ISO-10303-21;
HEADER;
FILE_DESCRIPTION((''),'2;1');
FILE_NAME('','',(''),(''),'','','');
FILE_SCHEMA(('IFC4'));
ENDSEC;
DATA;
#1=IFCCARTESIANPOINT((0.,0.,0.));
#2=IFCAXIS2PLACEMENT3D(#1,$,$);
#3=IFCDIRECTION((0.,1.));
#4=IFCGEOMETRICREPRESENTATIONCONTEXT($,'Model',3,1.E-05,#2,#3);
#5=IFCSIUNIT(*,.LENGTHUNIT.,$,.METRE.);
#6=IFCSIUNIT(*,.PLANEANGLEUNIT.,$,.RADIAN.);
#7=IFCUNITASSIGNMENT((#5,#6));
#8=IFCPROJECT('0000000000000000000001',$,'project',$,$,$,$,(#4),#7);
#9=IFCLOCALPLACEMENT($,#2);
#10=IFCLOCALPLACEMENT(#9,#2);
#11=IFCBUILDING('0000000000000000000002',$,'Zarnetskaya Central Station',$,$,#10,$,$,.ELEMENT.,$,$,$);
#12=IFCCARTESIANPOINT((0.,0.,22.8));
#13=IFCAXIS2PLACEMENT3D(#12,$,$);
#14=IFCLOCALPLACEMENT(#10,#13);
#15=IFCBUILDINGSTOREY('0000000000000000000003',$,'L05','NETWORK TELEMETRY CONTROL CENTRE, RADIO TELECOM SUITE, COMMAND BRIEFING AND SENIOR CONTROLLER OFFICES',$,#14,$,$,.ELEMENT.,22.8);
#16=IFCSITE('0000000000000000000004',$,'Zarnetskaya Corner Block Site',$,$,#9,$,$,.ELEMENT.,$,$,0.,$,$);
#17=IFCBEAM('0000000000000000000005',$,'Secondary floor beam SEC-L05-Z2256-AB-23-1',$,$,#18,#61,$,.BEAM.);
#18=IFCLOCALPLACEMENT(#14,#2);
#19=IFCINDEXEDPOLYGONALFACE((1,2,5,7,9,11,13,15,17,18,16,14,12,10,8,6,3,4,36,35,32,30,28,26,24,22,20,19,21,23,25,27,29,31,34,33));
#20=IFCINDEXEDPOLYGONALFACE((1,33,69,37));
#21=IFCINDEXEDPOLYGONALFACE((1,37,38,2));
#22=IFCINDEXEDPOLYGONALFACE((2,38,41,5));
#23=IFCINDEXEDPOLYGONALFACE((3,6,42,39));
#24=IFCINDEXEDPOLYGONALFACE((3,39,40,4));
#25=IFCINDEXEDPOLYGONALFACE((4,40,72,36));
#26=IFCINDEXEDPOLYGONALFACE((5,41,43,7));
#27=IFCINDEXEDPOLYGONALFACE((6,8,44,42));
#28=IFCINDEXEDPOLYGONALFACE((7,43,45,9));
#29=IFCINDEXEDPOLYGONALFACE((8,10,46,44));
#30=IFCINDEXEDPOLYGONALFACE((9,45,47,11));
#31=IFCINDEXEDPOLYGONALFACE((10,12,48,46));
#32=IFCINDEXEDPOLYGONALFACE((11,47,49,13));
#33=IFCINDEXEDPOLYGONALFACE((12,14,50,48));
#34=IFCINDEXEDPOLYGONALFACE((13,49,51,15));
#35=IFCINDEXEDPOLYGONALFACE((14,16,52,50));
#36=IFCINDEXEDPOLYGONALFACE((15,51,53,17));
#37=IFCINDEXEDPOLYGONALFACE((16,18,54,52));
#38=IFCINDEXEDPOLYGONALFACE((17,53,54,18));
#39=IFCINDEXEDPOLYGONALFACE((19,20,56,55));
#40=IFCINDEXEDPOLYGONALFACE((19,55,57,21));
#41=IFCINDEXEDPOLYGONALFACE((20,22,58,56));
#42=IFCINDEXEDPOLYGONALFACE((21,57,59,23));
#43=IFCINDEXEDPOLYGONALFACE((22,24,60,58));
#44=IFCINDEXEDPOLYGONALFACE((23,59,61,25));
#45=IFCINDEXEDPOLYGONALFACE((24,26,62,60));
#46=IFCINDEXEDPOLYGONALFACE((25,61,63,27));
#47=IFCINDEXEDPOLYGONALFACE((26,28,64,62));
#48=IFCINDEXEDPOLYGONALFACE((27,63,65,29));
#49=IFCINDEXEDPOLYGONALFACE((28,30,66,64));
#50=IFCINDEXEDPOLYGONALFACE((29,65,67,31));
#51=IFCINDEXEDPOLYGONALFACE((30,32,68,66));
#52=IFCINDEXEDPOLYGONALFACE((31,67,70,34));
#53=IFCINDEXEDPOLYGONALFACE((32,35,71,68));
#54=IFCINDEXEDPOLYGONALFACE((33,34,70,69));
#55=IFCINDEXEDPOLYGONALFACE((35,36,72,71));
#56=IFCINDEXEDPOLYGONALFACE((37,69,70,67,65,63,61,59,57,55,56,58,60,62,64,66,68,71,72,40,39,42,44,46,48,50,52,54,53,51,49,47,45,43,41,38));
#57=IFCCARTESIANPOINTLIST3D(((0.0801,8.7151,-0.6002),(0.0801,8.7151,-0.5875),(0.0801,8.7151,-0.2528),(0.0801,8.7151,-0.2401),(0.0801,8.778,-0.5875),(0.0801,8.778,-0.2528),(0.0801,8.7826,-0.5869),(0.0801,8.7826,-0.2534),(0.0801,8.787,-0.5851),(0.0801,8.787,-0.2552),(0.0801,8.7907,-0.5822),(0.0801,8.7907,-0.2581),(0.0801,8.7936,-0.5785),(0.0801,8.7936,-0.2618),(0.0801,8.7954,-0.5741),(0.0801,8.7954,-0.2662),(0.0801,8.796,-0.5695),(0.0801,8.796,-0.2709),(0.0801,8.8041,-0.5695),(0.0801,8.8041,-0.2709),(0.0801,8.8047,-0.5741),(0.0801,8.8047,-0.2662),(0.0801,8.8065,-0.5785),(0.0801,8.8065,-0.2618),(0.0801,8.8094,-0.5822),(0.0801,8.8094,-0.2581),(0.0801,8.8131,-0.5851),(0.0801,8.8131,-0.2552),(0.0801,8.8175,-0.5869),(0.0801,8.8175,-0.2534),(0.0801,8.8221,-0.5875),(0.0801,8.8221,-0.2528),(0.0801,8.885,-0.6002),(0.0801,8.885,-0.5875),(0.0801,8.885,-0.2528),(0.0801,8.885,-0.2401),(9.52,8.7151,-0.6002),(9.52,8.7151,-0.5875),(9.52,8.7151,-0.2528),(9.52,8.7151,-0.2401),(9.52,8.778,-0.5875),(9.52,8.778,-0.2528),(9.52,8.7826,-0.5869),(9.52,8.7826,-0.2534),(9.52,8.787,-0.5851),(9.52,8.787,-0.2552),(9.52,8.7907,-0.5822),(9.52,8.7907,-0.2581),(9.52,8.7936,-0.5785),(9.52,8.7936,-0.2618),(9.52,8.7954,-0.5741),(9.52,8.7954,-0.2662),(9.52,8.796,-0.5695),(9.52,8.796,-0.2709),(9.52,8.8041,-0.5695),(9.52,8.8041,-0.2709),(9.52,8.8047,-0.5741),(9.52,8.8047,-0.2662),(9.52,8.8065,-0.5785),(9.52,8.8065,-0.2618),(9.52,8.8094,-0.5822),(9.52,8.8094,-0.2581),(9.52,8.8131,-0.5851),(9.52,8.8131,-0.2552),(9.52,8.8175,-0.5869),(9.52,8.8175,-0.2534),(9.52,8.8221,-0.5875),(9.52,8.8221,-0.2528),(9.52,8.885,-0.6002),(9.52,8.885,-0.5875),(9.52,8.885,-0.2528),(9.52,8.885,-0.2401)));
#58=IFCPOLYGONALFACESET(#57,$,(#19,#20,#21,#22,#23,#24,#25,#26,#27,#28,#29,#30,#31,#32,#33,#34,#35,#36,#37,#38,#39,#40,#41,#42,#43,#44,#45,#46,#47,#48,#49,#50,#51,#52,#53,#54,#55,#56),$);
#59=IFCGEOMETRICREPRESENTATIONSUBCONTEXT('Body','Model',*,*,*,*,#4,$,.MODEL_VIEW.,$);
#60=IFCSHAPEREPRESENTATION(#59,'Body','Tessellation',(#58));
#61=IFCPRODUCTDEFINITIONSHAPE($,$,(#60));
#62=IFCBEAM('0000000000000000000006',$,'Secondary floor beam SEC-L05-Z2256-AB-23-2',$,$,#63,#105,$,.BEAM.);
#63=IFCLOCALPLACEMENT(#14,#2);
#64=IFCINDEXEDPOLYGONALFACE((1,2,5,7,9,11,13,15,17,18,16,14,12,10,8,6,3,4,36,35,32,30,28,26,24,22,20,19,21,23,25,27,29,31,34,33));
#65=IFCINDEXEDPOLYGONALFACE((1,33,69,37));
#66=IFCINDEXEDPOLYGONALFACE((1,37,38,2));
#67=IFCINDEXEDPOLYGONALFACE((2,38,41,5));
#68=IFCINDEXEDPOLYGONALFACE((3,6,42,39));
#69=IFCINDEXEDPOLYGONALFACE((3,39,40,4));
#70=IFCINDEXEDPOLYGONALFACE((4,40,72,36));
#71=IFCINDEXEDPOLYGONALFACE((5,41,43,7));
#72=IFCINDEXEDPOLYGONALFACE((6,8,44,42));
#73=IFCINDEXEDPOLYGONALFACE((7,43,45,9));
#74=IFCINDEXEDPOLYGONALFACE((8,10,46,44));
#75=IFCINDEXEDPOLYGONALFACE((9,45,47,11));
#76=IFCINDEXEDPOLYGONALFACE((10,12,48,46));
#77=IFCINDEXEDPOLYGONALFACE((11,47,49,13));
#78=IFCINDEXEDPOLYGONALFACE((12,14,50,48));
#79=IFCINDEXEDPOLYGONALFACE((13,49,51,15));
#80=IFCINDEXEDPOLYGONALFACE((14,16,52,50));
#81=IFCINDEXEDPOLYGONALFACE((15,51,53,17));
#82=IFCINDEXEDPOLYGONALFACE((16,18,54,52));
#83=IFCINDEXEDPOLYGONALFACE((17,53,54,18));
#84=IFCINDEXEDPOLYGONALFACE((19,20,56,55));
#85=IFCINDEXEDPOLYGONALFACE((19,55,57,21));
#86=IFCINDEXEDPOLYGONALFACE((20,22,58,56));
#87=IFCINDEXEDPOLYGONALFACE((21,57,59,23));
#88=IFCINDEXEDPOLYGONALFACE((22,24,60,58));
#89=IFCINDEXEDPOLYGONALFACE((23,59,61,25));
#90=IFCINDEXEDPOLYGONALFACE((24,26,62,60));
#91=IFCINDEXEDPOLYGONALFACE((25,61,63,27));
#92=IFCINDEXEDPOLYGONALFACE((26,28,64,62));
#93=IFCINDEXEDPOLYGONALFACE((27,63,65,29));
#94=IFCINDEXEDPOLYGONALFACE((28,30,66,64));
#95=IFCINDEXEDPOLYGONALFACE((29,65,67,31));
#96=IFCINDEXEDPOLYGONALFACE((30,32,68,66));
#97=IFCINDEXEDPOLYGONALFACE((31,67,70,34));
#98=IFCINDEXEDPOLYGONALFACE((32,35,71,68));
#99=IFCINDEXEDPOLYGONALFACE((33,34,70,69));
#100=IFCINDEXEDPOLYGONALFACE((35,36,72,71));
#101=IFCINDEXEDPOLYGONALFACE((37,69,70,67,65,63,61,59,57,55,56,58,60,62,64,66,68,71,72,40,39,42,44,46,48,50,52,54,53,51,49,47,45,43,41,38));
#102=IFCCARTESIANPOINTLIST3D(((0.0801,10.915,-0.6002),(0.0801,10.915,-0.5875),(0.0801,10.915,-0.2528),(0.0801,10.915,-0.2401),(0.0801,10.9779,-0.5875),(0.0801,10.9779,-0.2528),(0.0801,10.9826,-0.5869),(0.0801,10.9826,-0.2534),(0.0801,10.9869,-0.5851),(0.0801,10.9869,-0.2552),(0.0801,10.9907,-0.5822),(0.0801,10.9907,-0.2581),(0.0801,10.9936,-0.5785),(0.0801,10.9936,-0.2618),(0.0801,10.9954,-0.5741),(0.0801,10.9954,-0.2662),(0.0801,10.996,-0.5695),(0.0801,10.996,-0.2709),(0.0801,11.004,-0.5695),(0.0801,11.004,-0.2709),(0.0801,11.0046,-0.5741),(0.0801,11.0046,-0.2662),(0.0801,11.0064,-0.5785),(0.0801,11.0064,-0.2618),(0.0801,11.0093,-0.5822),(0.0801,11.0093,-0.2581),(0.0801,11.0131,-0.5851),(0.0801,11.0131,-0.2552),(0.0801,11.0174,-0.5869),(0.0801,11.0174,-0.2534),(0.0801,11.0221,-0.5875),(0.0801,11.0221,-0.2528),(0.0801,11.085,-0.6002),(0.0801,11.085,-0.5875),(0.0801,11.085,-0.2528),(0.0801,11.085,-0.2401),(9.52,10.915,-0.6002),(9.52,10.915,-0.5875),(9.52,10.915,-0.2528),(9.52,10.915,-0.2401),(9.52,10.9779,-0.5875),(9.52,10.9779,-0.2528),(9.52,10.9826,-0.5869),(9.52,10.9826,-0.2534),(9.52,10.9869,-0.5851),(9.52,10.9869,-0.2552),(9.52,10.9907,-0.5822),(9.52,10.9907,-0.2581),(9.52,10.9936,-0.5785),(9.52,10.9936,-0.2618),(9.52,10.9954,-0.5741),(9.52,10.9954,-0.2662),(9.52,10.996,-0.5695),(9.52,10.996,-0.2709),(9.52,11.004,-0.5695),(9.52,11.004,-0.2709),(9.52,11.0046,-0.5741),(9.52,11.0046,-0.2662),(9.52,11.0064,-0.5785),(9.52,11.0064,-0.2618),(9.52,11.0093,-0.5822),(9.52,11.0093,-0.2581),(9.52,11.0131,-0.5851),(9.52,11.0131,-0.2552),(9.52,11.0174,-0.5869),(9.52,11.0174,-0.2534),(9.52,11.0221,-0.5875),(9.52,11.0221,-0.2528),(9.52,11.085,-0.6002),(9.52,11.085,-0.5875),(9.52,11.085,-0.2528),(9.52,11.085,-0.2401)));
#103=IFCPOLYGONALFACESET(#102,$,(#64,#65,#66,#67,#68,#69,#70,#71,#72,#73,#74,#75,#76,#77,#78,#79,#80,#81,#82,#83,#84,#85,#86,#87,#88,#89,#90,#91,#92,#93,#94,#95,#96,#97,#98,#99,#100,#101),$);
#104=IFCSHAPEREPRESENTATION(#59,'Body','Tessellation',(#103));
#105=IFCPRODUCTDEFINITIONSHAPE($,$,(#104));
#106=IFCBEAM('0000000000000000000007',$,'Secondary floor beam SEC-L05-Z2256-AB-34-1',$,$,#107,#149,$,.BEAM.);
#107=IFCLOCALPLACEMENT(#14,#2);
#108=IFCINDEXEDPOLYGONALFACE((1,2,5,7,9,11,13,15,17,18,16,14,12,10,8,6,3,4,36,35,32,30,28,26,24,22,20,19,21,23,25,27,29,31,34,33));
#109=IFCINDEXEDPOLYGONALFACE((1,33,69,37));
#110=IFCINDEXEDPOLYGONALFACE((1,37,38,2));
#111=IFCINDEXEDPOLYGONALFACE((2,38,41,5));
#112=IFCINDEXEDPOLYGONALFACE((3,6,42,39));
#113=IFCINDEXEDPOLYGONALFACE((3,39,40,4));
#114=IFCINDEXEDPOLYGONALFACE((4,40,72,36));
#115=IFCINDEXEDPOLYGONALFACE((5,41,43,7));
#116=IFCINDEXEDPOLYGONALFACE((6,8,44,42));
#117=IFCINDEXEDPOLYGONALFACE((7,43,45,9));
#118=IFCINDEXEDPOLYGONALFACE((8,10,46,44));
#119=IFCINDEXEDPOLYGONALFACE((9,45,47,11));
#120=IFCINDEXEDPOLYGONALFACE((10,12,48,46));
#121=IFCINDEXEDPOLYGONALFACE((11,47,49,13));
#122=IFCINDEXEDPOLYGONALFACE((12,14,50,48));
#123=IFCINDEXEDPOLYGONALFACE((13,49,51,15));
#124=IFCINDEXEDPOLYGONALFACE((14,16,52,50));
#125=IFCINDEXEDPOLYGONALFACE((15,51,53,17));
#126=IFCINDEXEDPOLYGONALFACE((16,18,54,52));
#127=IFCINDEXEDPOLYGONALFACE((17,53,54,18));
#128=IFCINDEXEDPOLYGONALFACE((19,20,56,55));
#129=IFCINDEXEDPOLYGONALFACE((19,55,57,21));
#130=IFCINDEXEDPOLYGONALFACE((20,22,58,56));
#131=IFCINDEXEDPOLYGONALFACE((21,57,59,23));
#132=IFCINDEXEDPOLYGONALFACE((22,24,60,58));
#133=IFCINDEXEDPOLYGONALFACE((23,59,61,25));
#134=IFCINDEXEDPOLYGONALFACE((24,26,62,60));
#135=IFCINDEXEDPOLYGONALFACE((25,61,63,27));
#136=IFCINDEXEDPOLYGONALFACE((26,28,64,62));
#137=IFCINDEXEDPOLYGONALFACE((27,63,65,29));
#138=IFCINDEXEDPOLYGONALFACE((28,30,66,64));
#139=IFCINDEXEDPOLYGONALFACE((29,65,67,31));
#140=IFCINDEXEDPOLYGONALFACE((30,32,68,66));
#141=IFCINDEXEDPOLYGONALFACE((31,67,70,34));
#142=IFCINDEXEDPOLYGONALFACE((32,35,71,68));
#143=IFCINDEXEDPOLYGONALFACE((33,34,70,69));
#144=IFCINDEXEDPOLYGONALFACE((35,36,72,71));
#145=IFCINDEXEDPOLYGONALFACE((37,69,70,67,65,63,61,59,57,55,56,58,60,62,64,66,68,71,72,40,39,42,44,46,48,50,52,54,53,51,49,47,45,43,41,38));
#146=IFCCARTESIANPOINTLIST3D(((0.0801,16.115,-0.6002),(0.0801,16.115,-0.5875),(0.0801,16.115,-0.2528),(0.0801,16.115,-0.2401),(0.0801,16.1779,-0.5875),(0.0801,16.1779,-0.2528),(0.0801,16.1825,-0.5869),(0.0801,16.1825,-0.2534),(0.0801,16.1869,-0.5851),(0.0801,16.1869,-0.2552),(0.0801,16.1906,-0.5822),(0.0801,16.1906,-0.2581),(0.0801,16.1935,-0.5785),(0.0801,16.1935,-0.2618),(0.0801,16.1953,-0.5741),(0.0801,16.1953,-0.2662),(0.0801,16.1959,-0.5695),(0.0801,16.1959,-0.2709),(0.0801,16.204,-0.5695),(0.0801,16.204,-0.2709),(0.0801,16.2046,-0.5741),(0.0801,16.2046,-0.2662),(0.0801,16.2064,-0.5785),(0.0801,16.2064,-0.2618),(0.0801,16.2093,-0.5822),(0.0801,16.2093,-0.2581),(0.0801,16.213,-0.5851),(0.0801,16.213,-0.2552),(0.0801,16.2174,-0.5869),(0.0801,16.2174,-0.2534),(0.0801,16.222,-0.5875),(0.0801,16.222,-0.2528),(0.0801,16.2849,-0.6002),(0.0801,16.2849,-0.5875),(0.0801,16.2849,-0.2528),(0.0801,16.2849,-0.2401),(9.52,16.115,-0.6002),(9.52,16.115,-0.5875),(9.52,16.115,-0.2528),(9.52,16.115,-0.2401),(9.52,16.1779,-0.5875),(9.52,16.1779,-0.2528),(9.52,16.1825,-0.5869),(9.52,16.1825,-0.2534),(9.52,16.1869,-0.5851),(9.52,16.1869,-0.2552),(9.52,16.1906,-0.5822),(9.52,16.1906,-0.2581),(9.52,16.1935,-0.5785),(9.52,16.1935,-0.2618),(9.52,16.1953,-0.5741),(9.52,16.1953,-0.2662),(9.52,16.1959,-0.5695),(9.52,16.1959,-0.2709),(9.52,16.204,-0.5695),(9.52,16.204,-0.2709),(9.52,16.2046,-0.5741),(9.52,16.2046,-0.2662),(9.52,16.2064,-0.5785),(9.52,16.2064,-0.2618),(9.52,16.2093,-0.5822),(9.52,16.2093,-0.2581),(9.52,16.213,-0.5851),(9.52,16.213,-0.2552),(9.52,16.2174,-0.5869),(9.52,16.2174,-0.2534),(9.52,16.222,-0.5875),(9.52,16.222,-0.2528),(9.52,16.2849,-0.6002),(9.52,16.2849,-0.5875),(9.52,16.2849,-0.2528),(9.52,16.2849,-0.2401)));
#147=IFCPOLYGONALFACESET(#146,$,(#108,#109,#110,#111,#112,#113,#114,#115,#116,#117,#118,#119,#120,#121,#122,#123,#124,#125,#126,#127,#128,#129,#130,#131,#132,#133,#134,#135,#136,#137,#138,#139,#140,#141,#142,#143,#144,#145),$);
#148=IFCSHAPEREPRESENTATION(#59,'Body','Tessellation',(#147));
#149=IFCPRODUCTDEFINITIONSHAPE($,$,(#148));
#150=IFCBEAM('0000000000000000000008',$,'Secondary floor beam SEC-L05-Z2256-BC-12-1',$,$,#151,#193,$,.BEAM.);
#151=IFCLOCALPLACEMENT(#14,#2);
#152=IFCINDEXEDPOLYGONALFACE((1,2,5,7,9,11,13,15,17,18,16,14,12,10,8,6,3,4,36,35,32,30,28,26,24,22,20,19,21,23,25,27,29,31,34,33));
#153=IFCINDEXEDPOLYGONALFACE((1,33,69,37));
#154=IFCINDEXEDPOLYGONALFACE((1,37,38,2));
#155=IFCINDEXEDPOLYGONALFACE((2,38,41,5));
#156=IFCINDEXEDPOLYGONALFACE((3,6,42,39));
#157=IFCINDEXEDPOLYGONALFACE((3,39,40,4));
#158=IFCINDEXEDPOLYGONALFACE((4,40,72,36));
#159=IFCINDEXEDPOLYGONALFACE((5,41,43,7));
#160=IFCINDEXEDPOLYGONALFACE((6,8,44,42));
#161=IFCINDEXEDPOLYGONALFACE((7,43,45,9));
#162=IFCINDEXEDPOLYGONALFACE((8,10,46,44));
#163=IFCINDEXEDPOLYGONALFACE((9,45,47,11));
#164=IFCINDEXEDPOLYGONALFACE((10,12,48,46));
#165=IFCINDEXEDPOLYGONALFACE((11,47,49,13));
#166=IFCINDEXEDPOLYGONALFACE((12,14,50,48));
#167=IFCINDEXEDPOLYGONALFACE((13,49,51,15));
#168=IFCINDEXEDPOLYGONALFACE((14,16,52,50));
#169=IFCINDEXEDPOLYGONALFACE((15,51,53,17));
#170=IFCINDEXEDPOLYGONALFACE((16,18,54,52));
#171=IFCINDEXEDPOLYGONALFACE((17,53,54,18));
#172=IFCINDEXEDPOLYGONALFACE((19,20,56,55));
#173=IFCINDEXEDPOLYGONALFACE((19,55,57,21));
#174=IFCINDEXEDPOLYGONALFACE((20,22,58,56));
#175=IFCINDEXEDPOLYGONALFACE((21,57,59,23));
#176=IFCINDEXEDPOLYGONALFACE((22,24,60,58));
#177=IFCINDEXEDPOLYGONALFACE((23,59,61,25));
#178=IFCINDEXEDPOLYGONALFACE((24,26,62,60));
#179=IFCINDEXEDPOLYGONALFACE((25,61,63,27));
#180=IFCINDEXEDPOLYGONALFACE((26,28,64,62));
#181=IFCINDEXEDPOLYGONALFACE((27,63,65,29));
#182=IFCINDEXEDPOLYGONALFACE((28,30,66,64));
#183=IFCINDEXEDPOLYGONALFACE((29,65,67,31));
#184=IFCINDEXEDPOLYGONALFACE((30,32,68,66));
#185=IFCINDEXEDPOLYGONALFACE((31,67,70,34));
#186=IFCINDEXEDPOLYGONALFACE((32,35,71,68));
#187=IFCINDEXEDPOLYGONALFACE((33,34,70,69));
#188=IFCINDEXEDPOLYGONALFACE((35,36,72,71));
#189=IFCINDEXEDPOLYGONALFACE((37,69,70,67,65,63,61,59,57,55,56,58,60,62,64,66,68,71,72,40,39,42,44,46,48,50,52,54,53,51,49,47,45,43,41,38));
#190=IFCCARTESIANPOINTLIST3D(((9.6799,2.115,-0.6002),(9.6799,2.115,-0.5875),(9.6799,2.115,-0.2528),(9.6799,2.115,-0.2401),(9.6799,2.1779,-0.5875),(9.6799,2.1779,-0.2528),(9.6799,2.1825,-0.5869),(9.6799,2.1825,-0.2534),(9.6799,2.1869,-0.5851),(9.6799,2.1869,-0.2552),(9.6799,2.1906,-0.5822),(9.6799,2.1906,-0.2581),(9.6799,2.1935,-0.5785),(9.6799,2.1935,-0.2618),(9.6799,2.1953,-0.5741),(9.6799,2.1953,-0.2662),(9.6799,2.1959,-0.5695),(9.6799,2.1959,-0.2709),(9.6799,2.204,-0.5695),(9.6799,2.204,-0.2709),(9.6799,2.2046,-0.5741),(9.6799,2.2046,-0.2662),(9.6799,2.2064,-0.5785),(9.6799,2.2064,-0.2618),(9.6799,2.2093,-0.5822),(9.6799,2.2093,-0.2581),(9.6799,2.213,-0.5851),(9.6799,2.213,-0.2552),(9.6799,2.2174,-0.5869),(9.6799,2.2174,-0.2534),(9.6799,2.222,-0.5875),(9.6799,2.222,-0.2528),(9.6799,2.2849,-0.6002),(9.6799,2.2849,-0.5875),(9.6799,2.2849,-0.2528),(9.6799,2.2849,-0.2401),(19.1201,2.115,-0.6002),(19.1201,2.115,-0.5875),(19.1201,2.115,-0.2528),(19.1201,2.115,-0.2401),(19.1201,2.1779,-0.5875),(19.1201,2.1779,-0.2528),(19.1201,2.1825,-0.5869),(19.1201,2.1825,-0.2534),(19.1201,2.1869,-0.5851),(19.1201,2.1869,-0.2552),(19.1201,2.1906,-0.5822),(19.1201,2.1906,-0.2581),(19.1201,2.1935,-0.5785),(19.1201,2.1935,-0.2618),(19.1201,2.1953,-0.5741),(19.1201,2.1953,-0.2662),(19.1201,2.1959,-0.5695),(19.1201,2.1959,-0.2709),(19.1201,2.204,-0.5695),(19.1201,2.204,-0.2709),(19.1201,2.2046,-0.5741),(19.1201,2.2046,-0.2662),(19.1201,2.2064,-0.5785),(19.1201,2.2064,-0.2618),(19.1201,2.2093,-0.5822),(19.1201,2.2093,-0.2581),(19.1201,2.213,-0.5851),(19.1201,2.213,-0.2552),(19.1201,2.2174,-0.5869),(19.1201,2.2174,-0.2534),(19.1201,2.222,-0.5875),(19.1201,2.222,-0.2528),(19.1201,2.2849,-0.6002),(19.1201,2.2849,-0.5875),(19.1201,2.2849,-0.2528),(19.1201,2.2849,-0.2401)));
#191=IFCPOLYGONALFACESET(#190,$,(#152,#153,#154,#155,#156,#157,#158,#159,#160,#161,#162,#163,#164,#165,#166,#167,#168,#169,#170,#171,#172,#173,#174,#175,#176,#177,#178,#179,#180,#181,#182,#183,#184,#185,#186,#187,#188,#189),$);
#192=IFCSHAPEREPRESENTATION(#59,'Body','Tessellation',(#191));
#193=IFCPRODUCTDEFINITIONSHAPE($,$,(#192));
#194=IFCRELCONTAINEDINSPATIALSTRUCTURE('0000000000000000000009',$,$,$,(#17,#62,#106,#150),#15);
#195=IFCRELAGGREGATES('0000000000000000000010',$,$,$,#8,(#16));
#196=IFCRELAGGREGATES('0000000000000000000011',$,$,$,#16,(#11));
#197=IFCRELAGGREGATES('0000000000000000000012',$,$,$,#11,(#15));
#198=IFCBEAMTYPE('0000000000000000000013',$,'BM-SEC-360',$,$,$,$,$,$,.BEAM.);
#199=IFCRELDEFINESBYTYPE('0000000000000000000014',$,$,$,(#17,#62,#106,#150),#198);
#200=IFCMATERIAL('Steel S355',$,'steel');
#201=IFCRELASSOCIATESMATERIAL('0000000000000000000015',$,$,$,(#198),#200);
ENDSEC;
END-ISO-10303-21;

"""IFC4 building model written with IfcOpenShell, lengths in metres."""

from ifc_helpers import new_model, si_unit, direction, frame, origin, origin_2d, place, context, subcontext, project, spatial, i_section, extrude, material, material_profile, profile_set, type_object, element, save


model = new_model("IFC4")

# Units and contexts
model_context = context("Model", 3, precision=1e-05, world=origin(), true_north=direction((0.0, 1.0)))
body_context = subcontext(model_context, "Body", "Model", "MODEL_VIEW")
ifc_project = project(units=[si_unit("LENGTHUNIT", "METRE"), si_unit("PLANEANGLEUNIT", "RADIAN")], contexts=[model_context])

# Site, building, storey
site_placement = place(None, origin())
site = spatial("IfcSite", under=ifc_project, at=site_placement, Name="Zarnetskaya Corner Block Site", CompositionType="ELEMENT", RefElevation=0.0)
building_placement = place(site_placement, origin())
building = spatial("IfcBuilding", under=site, at=building_placement, Name="Zarnetskaya Central Station", CompositionType="ELEMENT")
storey_placement = place(building_placement, frame((0.0, 0.0, 22.8)))
storey = spatial("IfcBuildingStorey", under=building, at=storey_placement, Name="L05", Description="NETWORK TELEMETRY CONTROL CENTRE, RADIO TELECOM SUITE, COMMAND BRIEFING AND SENIOR CONTROLLER OFFICES", CompositionType="ELEMENT", Elevation=22.8)

# Shared definitions
ifc_material_1 = material(Name="Steel S355", Category="steel")

# Beams
ifc_material_profile_1 = material_profile(ifc_material_1, i_section(OverallWidth=0.1699, OverallDepth=0.3601, WebThickness=0.0081, FlangeThickness=0.0127, FilletRadius=0.0181, at=origin_2d()), Name="IPE 360")
ifc_profile_set_1 = profile_set([ifc_material_profile_1], Name="Steel S355")
beam_type_1 = type_object("IfcBeamType", Name="BM-SEC-360", PredefinedType="BEAM", material=ifc_profile_set_1)
for number, where, z_axis, x_axis, name in (
    (1, (0.0801, 8.8, -0.4202), (1.0, 0.0, 0.0), (0.0, 1.0, 0.0), "Secondary floor beam SEC-L05-Z2256-AB-23-1"),
    (2, (0.0801, 11.0, -0.4202), (1.0, 0.0, 0.0), (0.0, 1.0, 0.0), "Secondary floor beam SEC-L05-Z2256-AB-23-2"),
    (3, (0.0801, 16.2, -0.4202), (1.0, 0.0, 0.0), (0.0, 1.0, 0.0), "Secondary floor beam SEC-L05-Z2256-AB-34-1"),
):
    element("IfcBeam", number, at=place(storey_placement, frame(where, z_axis=z_axis, x_axis=x_axis)), inside=storey, type_object=beam_type_1, Name=name, PredefinedType="BEAM", context=body_context, shape_type="SweptSolid", body=[
        extrude(i_section(OverallWidth=0.1699, OverallDepth=0.3601, WebThickness=0.0081, FlangeThickness=0.0127, FilletRadius=0.0181, at=origin_2d()), origin(), (0.0, 0.0, 1.0), 9.4399),
    ])
for number, where, z_axis, x_axis, name in (
    (4, (9.6799, 2.2, -0.4202), (1.0, 0.0, 0.0), (0.0, 1.0, 0.0), "Secondary floor beam SEC-L05-Z2256-BC-12-1"),
):
    element("IfcBeam", number, at=place(storey_placement, frame(where, z_axis=z_axis, x_axis=x_axis)), inside=storey, type_object=beam_type_1, Name=name, PredefinedType="BEAM", context=body_context, shape_type="SweptSolid", body=[
        extrude(i_section(OverallWidth=0.1699, OverallDepth=0.3601, WebThickness=0.0081, FlangeThickness=0.0127, FilletRadius=0.0181, at=origin_2d()), origin(), (0.0, 0.0, 1.0), 9.4402),
    ])

save(model, "model.ifc")
